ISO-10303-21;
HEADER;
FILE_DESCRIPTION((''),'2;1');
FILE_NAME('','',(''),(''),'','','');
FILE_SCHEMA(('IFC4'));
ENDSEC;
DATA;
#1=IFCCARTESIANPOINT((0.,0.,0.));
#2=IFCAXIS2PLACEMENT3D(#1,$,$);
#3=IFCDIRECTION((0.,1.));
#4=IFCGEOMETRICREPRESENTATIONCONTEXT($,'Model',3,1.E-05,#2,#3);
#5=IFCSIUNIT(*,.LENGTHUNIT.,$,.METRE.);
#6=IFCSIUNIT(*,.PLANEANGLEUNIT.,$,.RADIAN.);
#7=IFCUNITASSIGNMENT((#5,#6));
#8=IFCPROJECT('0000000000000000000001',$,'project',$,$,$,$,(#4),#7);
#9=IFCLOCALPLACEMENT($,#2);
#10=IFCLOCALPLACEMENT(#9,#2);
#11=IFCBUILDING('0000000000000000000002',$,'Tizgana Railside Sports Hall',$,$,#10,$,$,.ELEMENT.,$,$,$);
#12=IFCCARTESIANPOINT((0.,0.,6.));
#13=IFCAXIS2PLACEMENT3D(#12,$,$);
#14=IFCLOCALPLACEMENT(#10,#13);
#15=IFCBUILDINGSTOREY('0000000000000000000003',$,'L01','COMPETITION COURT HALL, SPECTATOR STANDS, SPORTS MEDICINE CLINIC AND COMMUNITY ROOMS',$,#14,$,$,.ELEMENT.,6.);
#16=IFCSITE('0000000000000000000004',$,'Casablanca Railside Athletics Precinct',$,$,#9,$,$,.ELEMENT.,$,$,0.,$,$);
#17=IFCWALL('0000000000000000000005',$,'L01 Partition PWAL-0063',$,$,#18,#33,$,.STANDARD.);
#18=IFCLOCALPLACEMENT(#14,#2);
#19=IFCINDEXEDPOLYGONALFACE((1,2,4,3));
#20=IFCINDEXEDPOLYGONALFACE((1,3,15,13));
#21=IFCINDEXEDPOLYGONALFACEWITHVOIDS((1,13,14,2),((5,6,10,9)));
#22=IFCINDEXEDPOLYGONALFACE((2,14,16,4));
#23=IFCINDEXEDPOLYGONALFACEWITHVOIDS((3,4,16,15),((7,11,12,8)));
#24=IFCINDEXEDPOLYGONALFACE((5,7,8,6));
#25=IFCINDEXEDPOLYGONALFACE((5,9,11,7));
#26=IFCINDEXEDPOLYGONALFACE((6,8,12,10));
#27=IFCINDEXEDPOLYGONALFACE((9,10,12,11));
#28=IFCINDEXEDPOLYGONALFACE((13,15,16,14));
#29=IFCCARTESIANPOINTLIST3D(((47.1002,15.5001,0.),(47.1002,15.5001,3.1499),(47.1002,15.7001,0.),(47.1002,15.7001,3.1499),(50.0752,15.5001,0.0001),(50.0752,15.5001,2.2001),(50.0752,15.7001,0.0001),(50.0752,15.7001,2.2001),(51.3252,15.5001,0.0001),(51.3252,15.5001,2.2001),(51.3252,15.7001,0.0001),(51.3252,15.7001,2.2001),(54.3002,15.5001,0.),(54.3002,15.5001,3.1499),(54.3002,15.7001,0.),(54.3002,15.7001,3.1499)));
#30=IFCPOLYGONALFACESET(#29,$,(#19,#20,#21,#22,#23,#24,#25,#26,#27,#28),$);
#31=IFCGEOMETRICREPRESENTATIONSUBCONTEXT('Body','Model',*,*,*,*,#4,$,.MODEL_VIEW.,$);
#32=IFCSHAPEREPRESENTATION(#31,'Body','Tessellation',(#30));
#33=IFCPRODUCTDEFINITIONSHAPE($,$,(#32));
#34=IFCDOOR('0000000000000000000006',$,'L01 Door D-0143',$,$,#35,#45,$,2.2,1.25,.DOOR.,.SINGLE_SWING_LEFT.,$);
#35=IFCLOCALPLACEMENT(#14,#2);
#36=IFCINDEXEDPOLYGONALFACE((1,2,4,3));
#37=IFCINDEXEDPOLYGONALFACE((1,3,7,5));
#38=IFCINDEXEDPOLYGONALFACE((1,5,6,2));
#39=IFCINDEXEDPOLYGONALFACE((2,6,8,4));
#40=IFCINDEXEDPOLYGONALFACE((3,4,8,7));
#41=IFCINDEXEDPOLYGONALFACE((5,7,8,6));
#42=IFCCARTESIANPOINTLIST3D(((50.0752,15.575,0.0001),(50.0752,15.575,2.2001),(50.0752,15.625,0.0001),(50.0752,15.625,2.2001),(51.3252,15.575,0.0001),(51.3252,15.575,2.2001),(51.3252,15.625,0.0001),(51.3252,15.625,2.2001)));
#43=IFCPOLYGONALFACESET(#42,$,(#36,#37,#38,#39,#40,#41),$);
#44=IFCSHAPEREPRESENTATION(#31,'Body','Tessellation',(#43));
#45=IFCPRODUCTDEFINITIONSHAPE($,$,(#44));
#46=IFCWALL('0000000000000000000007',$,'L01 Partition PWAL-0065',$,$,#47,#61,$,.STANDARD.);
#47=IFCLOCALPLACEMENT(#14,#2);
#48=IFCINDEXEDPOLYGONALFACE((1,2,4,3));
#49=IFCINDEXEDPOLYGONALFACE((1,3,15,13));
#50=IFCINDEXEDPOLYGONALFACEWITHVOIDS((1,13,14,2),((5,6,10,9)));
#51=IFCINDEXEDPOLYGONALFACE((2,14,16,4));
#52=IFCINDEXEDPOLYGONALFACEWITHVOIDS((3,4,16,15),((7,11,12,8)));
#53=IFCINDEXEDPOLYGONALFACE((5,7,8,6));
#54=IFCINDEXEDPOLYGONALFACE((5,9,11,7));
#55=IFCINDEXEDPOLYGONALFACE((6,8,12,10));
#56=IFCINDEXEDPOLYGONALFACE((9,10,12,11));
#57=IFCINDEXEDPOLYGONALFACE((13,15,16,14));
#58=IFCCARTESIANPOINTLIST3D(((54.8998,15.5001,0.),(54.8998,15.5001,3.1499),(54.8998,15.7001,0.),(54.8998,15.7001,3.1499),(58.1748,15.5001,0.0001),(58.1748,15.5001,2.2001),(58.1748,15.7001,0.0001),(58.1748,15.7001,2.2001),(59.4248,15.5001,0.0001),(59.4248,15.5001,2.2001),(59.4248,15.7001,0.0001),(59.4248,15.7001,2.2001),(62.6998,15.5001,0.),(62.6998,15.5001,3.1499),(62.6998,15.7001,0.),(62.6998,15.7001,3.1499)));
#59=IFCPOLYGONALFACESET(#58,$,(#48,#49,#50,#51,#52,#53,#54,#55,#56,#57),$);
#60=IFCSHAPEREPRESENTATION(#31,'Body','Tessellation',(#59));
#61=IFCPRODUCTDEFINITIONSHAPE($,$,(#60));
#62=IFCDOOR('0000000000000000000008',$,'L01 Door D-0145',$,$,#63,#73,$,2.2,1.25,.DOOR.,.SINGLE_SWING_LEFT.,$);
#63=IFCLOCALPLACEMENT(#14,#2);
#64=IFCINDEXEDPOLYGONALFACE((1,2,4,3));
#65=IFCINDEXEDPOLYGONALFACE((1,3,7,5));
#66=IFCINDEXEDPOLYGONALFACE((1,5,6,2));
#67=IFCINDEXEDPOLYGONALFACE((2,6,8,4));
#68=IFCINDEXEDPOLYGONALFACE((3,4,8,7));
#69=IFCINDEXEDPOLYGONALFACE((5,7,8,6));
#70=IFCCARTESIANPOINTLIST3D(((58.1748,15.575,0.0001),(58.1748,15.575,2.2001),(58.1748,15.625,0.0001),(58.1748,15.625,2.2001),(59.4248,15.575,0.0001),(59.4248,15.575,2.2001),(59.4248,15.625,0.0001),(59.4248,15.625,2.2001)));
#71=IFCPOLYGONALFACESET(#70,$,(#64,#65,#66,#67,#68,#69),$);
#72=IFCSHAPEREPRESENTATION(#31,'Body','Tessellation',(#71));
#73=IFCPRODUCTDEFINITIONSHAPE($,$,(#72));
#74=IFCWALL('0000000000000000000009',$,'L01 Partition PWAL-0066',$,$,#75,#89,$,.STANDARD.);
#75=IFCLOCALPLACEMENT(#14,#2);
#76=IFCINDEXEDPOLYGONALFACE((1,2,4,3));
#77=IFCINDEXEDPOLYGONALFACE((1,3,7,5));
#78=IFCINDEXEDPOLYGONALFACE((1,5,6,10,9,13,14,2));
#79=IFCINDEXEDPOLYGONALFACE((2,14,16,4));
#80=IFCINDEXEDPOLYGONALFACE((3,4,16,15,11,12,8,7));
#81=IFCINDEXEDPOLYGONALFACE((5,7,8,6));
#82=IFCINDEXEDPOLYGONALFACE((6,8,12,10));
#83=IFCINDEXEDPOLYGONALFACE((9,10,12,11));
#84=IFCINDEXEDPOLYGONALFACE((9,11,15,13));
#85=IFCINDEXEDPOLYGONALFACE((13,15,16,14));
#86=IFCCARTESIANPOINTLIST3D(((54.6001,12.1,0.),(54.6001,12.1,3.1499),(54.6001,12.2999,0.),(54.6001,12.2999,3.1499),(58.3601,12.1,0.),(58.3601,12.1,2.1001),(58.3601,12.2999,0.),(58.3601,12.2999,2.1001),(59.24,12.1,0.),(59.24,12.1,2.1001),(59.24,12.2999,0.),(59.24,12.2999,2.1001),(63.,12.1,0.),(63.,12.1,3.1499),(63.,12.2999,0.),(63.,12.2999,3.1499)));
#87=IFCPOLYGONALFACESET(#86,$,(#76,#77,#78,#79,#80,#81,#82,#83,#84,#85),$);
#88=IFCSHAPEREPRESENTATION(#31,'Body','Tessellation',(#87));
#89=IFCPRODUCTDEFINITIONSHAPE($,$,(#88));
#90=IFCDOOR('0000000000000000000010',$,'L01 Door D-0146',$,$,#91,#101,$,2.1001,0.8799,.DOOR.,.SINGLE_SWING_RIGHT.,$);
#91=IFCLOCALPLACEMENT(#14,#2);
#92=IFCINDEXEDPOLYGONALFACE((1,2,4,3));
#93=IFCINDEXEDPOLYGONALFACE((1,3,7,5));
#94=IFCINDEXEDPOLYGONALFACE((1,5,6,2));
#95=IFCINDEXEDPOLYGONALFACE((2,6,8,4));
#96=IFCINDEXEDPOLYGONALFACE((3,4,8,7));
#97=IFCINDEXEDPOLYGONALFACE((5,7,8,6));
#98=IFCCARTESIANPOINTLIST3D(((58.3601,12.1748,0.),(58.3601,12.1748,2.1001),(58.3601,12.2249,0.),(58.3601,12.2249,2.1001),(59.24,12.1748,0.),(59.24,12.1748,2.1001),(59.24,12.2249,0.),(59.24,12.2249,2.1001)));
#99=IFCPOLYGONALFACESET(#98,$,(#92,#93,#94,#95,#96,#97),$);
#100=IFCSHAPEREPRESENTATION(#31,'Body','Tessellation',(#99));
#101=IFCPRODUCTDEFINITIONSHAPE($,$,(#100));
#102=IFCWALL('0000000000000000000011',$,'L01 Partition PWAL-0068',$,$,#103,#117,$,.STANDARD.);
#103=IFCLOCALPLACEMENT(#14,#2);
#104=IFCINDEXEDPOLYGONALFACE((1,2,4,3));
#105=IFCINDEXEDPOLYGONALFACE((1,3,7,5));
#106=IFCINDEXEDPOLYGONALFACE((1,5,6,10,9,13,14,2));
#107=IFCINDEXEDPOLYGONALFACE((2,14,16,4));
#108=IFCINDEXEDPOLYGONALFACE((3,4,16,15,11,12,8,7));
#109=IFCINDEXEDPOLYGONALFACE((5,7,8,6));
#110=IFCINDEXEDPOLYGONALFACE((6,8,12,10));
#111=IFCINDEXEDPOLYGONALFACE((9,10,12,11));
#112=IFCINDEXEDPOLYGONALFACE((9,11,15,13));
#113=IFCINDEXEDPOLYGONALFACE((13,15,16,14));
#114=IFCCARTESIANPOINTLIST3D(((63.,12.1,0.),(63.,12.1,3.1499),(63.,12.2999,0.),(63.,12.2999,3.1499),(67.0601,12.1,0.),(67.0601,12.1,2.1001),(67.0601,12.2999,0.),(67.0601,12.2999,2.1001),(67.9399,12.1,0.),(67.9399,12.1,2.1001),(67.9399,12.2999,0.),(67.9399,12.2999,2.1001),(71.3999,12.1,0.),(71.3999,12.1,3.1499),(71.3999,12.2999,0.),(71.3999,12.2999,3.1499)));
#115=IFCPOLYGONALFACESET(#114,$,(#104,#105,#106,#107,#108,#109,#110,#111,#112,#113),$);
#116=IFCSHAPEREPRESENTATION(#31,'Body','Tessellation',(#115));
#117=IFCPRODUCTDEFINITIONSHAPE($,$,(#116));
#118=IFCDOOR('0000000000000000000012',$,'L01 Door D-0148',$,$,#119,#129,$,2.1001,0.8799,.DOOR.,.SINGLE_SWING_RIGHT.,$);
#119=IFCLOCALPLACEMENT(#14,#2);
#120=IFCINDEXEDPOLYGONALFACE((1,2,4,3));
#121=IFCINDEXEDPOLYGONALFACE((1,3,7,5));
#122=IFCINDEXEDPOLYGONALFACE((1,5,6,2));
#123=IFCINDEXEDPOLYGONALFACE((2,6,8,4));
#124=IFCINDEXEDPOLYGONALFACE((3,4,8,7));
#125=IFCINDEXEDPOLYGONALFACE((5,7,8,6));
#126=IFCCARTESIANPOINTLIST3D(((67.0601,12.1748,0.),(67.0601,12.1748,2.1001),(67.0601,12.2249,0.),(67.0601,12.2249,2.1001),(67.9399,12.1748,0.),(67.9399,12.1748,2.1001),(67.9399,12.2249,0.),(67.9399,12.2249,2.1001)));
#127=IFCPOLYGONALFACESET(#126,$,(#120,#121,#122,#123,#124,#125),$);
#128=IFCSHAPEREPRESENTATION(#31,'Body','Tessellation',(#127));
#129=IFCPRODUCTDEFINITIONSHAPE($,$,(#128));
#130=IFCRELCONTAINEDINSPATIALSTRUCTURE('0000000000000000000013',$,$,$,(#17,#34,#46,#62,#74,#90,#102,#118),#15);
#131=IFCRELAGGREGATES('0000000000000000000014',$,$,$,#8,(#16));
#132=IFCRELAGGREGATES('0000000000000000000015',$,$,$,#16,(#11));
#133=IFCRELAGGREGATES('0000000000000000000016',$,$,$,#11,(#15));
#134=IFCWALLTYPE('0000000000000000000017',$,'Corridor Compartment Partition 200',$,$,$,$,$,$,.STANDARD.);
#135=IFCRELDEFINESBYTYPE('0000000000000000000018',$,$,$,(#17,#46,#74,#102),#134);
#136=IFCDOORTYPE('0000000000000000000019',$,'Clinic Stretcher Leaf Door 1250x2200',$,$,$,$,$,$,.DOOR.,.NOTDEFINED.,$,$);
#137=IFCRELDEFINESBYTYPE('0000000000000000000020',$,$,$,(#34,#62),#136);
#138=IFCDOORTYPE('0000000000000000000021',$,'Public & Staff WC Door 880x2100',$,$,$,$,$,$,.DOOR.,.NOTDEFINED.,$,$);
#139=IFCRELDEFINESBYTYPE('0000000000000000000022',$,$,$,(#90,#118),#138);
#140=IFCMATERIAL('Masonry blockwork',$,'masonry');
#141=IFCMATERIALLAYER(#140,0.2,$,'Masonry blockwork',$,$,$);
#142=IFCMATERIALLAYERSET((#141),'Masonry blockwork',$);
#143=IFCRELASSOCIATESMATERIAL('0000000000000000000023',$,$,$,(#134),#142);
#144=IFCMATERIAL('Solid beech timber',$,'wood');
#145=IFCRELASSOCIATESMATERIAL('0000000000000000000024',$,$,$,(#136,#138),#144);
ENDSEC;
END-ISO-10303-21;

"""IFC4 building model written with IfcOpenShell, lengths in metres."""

from ifc_helpers import new_model, si_unit, direction, frame, frame_2d, origin, place, context, subcontext, project, spatial, rectangle, extrude, material, layer, layer_set, type_object, element, fill, save


model = new_model("IFC4")

# Units and contexts
model_context = context("Model", 3, precision=1e-05, world=origin(), true_north=direction((0.0, 1.0)))
body_context = subcontext(model_context, "Body", "Model", "MODEL_VIEW")
ifc_project = project(units=[si_unit("LENGTHUNIT", "METRE"), si_unit("PLANEANGLEUNIT", "RADIAN")], contexts=[model_context])

# Site, building, storey
site_placement = place(None, origin())
site = spatial("IfcSite", under=ifc_project, at=site_placement, Name="Casablanca Railside Athletics Precinct", CompositionType="ELEMENT", RefElevation=0.0)
building_placement = place(site_placement, origin())
building = spatial("IfcBuilding", under=site, at=building_placement, Name="Tizgana Railside Sports Hall", CompositionType="ELEMENT")
storey_placement = place(building_placement, frame((0.0, 0.0, 6.0)))
storey = spatial("IfcBuildingStorey", under=building, at=storey_placement, Name="L01", Description="COMPETITION COURT HALL, SPECTATOR STANDS, SPORTS MEDICINE CLINIC AND COMMUNITY ROOMS", CompositionType="ELEMENT", Elevation=6.0)

# Shared definitions
ifc_material_1 = material(Name="Solid beech timber", Category="wood")

# Walls, openings, doors
ifc_material_2 = material(Name="Masonry blockwork", Category="masonry")
ifc_layer_1 = layer(ifc_material_2, 0.2, Name="Masonry blockwork")
ifc_layer_set_1 = layer_set([ifc_layer_1], Name="Masonry blockwork")
wall_type_1 = type_object("IfcWallType", Name="Corridor Compartment Partition 200", PredefinedType="STANDARD", material=ifc_layer_set_1)
wall_1_placement = place(storey_placement, frame((47.1001, 15.6001, 0.0), z_axis=(0.0, 0.0, 1.0), x_axis=(1.0, 0.0, 0.0)))
wall_1 = element("IfcWall", 1, at=wall_1_placement, inside=storey, type_object=wall_type_1, Name="L01 Partition PWAL-0063", PredefinedType="STANDARD", context=body_context, shape_type="SweptSolid", body=[
    extrude(rectangle(XDim=7.2, YDim=0.2, at=frame_2d((3.6001, 0.0))), origin(), (0.0, 0.0, 1.0), 3.1499),
])
opening_1_placement = place(wall_1_placement, frame((2.9751, 0.0, 0.0)))
opening_1 = element("IfcOpeningElement", 2, at=opening_1_placement, cuts=wall_1, PredefinedType="OPENING", context=body_context, shape_type="SweptSolid", body=[
    extrude(rectangle(XDim=1.25, YDim=2.2, at=frame_2d((0.625, 1.1001))), frame((0.0, 0.1099, 0.0), z_axis=(0.0, -1.0, 0.0), x_axis=(1.0, 0.0, 0.0)), (0.0, 0.0, 1.0), 0.22),
])
door_type_1 = type_object("IfcDoorType", Name="Clinic Stretcher Leaf Door 1250x2200", OperationType="NOTDEFINED", PredefinedType="DOOR", material=ifc_material_1)
door_1_placement = place(opening_1_placement, origin())
door_1 = element("IfcDoor", 3, at=door_1_placement, inside=storey, type_object=door_type_1, Name="L01 Door D-0143", OperationType="SINGLE_SWING_LEFT", OverallHeight=2.2, OverallWidth=1.25, PredefinedType="DOOR", context=body_context, shape_type="SweptSolid", body=[
    extrude(rectangle(XDim=1.25, YDim=2.2, at=frame_2d((0.625, 1.1001))), frame((0.0, 0.0249, 0.0), z_axis=(0.0, -1.0, 0.0), x_axis=(1.0, 0.0, 0.0)), (0.0, 0.0, 1.0), 0.05),
])
fill(opening_1, door_1)
wall_2_placement = place(storey_placement, frame((54.8999, 15.6001, 0.0), z_axis=(0.0, 0.0, 1.0), x_axis=(1.0, 0.0, 0.0)))
wall_2 = element("IfcWall", 4, at=wall_2_placement, inside=storey, type_object=wall_type_1, Name="L01 Partition PWAL-0065", PredefinedType="STANDARD", context=body_context, shape_type="SweptSolid", body=[
    extrude(rectangle(XDim=7.8, YDim=0.2, at=frame_2d((3.8999, 0.0))), origin(), (0.0, 0.0, 1.0), 3.1499),
])
opening_2_placement = place(wall_2_placement, frame((3.2749, 0.0, 0.0)))
opening_2 = element("IfcOpeningElement", 5, at=opening_2_placement, cuts=wall_2, PredefinedType="OPENING", context=body_context, shape_type="SweptSolid", body=[
    extrude(rectangle(XDim=1.25, YDim=2.2, at=frame_2d((0.625, 1.1001))), frame((0.0, 0.1099, 0.0), z_axis=(0.0, -1.0, 0.0), x_axis=(1.0, 0.0, 0.0)), (0.0, 0.0, 1.0), 0.22),
])
door_2_placement = place(opening_2_placement, origin())
door_2 = element("IfcDoor", 6, at=door_2_placement, inside=storey, type_object=door_type_1, Name="L01 Door D-0145", OperationType="SINGLE_SWING_LEFT", OverallHeight=2.2, OverallWidth=1.25, PredefinedType="DOOR", context=body_context, shape_type="SweptSolid", body=[
    extrude(rectangle(XDim=1.25, YDim=2.2, at=frame_2d((0.625, 1.1001))), frame((0.0, 0.0249, 0.0), z_axis=(0.0, -1.0, 0.0), x_axis=(1.0, 0.0, 0.0)), (0.0, 0.0, 1.0), 0.05),
])
fill(opening_2, door_2)
wall_3_placement = place(storey_placement, frame((54.6001, 12.2, 0.0), z_axis=(0.0, 0.0, 1.0), x_axis=(1.0, 0.0, 0.0)))
wall_3 = element("IfcWall", 7, at=wall_3_placement, inside=storey, type_object=wall_type_1, Name="L01 Partition PWAL-0066", PredefinedType="STANDARD", context=body_context, shape_type="SweptSolid", body=[
    extrude(rectangle(XDim=8.3999, YDim=0.2, at=frame_2d((4.2, 0.0))), origin(), (0.0, 0.0, 1.0), 3.1499),
])
opening_3_placement = place(wall_3_placement, frame((3.76, 0.0, 0.0)))
opening_3 = element("IfcOpeningElement", 8, at=opening_3_placement, cuts=wall_3, PredefinedType="OPENING", context=body_context, shape_type="SweptSolid", body=[
    extrude(rectangle(XDim=0.8799, YDim=2.1001, at=frame_2d((0.4399, 1.05))), frame((0.0, 0.1099, 0.0), z_axis=(0.0, -1.0, 0.0), x_axis=(1.0, 0.0, 0.0)), (0.0, 0.0, 1.0), 0.22),
])
door_type_2 = type_object("IfcDoorType", Name="Public & Staff WC Door 880x2100", OperationType="NOTDEFINED", PredefinedType="DOOR", material=ifc_material_1)
door_3_placement = place(opening_3_placement, origin())
door_3 = element("IfcDoor", 9, at=door_3_placement, inside=storey, type_object=door_type_2, Name="L01 Door D-0146", OperationType="SINGLE_SWING_RIGHT", OverallHeight=2.1001, OverallWidth=0.8799, PredefinedType="DOOR", context=body_context, shape_type="SweptSolid", body=[
    extrude(rectangle(XDim=0.8799, YDim=2.1001, at=frame_2d((0.4399, 1.05))), frame((0.0, 0.0249, 0.0), z_axis=(0.0, -1.0, 0.0), x_axis=(1.0, 0.0, 0.0)), (0.0, 0.0, 1.0), 0.05),
])
fill(opening_3, door_3)
wall_4_placement = place(storey_placement, frame((63.0, 12.2, 0.0), z_axis=(0.0, 0.0, 1.0), x_axis=(1.0, 0.0, 0.0)))
wall_4 = element("IfcWall", 10, at=wall_4_placement, inside=storey, type_object=wall_type_1, Name="L01 Partition PWAL-0068", PredefinedType="STANDARD", context=body_context, shape_type="SweptSolid", body=[
    extrude(rectangle(XDim=8.3999, YDim=0.2, at=frame_2d((4.2, 0.0))), origin(), (0.0, 0.0, 1.0), 3.1499),
])
opening_4_placement = place(wall_4_placement, frame((4.0601, 0.0, 0.0)))
opening_4 = element("IfcOpeningElement", 11, at=opening_4_placement, cuts=wall_4, PredefinedType="OPENING", context=body_context, shape_type="SweptSolid", body=[
    extrude(rectangle(XDim=0.8799, YDim=2.1001, at=frame_2d((0.4399, 1.05))), frame((0.0, 0.1099, 0.0), z_axis=(0.0, -1.0, 0.0), x_axis=(1.0, 0.0, 0.0)), (0.0, 0.0, 1.0), 0.22),
])
door_4_placement = place(opening_4_placement, origin())
door_4 = element("IfcDoor", 12, at=door_4_placement, inside=storey, type_object=door_type_2, Name="L01 Door D-0148", OperationType="SINGLE_SWING_RIGHT", OverallHeight=2.1001, OverallWidth=0.8799, PredefinedType="DOOR", context=body_context, shape_type="SweptSolid", body=[
    extrude(rectangle(XDim=0.8799, YDim=2.1001, at=frame_2d((0.4399, 1.05))), frame((0.0, 0.0249, 0.0), z_axis=(0.0, -1.0, 0.0), x_axis=(1.0, 0.0, 0.0)), (0.0, 0.0, 1.0), 0.05),
])
fill(opening_4, door_4)

save(model, "model.ifc")
